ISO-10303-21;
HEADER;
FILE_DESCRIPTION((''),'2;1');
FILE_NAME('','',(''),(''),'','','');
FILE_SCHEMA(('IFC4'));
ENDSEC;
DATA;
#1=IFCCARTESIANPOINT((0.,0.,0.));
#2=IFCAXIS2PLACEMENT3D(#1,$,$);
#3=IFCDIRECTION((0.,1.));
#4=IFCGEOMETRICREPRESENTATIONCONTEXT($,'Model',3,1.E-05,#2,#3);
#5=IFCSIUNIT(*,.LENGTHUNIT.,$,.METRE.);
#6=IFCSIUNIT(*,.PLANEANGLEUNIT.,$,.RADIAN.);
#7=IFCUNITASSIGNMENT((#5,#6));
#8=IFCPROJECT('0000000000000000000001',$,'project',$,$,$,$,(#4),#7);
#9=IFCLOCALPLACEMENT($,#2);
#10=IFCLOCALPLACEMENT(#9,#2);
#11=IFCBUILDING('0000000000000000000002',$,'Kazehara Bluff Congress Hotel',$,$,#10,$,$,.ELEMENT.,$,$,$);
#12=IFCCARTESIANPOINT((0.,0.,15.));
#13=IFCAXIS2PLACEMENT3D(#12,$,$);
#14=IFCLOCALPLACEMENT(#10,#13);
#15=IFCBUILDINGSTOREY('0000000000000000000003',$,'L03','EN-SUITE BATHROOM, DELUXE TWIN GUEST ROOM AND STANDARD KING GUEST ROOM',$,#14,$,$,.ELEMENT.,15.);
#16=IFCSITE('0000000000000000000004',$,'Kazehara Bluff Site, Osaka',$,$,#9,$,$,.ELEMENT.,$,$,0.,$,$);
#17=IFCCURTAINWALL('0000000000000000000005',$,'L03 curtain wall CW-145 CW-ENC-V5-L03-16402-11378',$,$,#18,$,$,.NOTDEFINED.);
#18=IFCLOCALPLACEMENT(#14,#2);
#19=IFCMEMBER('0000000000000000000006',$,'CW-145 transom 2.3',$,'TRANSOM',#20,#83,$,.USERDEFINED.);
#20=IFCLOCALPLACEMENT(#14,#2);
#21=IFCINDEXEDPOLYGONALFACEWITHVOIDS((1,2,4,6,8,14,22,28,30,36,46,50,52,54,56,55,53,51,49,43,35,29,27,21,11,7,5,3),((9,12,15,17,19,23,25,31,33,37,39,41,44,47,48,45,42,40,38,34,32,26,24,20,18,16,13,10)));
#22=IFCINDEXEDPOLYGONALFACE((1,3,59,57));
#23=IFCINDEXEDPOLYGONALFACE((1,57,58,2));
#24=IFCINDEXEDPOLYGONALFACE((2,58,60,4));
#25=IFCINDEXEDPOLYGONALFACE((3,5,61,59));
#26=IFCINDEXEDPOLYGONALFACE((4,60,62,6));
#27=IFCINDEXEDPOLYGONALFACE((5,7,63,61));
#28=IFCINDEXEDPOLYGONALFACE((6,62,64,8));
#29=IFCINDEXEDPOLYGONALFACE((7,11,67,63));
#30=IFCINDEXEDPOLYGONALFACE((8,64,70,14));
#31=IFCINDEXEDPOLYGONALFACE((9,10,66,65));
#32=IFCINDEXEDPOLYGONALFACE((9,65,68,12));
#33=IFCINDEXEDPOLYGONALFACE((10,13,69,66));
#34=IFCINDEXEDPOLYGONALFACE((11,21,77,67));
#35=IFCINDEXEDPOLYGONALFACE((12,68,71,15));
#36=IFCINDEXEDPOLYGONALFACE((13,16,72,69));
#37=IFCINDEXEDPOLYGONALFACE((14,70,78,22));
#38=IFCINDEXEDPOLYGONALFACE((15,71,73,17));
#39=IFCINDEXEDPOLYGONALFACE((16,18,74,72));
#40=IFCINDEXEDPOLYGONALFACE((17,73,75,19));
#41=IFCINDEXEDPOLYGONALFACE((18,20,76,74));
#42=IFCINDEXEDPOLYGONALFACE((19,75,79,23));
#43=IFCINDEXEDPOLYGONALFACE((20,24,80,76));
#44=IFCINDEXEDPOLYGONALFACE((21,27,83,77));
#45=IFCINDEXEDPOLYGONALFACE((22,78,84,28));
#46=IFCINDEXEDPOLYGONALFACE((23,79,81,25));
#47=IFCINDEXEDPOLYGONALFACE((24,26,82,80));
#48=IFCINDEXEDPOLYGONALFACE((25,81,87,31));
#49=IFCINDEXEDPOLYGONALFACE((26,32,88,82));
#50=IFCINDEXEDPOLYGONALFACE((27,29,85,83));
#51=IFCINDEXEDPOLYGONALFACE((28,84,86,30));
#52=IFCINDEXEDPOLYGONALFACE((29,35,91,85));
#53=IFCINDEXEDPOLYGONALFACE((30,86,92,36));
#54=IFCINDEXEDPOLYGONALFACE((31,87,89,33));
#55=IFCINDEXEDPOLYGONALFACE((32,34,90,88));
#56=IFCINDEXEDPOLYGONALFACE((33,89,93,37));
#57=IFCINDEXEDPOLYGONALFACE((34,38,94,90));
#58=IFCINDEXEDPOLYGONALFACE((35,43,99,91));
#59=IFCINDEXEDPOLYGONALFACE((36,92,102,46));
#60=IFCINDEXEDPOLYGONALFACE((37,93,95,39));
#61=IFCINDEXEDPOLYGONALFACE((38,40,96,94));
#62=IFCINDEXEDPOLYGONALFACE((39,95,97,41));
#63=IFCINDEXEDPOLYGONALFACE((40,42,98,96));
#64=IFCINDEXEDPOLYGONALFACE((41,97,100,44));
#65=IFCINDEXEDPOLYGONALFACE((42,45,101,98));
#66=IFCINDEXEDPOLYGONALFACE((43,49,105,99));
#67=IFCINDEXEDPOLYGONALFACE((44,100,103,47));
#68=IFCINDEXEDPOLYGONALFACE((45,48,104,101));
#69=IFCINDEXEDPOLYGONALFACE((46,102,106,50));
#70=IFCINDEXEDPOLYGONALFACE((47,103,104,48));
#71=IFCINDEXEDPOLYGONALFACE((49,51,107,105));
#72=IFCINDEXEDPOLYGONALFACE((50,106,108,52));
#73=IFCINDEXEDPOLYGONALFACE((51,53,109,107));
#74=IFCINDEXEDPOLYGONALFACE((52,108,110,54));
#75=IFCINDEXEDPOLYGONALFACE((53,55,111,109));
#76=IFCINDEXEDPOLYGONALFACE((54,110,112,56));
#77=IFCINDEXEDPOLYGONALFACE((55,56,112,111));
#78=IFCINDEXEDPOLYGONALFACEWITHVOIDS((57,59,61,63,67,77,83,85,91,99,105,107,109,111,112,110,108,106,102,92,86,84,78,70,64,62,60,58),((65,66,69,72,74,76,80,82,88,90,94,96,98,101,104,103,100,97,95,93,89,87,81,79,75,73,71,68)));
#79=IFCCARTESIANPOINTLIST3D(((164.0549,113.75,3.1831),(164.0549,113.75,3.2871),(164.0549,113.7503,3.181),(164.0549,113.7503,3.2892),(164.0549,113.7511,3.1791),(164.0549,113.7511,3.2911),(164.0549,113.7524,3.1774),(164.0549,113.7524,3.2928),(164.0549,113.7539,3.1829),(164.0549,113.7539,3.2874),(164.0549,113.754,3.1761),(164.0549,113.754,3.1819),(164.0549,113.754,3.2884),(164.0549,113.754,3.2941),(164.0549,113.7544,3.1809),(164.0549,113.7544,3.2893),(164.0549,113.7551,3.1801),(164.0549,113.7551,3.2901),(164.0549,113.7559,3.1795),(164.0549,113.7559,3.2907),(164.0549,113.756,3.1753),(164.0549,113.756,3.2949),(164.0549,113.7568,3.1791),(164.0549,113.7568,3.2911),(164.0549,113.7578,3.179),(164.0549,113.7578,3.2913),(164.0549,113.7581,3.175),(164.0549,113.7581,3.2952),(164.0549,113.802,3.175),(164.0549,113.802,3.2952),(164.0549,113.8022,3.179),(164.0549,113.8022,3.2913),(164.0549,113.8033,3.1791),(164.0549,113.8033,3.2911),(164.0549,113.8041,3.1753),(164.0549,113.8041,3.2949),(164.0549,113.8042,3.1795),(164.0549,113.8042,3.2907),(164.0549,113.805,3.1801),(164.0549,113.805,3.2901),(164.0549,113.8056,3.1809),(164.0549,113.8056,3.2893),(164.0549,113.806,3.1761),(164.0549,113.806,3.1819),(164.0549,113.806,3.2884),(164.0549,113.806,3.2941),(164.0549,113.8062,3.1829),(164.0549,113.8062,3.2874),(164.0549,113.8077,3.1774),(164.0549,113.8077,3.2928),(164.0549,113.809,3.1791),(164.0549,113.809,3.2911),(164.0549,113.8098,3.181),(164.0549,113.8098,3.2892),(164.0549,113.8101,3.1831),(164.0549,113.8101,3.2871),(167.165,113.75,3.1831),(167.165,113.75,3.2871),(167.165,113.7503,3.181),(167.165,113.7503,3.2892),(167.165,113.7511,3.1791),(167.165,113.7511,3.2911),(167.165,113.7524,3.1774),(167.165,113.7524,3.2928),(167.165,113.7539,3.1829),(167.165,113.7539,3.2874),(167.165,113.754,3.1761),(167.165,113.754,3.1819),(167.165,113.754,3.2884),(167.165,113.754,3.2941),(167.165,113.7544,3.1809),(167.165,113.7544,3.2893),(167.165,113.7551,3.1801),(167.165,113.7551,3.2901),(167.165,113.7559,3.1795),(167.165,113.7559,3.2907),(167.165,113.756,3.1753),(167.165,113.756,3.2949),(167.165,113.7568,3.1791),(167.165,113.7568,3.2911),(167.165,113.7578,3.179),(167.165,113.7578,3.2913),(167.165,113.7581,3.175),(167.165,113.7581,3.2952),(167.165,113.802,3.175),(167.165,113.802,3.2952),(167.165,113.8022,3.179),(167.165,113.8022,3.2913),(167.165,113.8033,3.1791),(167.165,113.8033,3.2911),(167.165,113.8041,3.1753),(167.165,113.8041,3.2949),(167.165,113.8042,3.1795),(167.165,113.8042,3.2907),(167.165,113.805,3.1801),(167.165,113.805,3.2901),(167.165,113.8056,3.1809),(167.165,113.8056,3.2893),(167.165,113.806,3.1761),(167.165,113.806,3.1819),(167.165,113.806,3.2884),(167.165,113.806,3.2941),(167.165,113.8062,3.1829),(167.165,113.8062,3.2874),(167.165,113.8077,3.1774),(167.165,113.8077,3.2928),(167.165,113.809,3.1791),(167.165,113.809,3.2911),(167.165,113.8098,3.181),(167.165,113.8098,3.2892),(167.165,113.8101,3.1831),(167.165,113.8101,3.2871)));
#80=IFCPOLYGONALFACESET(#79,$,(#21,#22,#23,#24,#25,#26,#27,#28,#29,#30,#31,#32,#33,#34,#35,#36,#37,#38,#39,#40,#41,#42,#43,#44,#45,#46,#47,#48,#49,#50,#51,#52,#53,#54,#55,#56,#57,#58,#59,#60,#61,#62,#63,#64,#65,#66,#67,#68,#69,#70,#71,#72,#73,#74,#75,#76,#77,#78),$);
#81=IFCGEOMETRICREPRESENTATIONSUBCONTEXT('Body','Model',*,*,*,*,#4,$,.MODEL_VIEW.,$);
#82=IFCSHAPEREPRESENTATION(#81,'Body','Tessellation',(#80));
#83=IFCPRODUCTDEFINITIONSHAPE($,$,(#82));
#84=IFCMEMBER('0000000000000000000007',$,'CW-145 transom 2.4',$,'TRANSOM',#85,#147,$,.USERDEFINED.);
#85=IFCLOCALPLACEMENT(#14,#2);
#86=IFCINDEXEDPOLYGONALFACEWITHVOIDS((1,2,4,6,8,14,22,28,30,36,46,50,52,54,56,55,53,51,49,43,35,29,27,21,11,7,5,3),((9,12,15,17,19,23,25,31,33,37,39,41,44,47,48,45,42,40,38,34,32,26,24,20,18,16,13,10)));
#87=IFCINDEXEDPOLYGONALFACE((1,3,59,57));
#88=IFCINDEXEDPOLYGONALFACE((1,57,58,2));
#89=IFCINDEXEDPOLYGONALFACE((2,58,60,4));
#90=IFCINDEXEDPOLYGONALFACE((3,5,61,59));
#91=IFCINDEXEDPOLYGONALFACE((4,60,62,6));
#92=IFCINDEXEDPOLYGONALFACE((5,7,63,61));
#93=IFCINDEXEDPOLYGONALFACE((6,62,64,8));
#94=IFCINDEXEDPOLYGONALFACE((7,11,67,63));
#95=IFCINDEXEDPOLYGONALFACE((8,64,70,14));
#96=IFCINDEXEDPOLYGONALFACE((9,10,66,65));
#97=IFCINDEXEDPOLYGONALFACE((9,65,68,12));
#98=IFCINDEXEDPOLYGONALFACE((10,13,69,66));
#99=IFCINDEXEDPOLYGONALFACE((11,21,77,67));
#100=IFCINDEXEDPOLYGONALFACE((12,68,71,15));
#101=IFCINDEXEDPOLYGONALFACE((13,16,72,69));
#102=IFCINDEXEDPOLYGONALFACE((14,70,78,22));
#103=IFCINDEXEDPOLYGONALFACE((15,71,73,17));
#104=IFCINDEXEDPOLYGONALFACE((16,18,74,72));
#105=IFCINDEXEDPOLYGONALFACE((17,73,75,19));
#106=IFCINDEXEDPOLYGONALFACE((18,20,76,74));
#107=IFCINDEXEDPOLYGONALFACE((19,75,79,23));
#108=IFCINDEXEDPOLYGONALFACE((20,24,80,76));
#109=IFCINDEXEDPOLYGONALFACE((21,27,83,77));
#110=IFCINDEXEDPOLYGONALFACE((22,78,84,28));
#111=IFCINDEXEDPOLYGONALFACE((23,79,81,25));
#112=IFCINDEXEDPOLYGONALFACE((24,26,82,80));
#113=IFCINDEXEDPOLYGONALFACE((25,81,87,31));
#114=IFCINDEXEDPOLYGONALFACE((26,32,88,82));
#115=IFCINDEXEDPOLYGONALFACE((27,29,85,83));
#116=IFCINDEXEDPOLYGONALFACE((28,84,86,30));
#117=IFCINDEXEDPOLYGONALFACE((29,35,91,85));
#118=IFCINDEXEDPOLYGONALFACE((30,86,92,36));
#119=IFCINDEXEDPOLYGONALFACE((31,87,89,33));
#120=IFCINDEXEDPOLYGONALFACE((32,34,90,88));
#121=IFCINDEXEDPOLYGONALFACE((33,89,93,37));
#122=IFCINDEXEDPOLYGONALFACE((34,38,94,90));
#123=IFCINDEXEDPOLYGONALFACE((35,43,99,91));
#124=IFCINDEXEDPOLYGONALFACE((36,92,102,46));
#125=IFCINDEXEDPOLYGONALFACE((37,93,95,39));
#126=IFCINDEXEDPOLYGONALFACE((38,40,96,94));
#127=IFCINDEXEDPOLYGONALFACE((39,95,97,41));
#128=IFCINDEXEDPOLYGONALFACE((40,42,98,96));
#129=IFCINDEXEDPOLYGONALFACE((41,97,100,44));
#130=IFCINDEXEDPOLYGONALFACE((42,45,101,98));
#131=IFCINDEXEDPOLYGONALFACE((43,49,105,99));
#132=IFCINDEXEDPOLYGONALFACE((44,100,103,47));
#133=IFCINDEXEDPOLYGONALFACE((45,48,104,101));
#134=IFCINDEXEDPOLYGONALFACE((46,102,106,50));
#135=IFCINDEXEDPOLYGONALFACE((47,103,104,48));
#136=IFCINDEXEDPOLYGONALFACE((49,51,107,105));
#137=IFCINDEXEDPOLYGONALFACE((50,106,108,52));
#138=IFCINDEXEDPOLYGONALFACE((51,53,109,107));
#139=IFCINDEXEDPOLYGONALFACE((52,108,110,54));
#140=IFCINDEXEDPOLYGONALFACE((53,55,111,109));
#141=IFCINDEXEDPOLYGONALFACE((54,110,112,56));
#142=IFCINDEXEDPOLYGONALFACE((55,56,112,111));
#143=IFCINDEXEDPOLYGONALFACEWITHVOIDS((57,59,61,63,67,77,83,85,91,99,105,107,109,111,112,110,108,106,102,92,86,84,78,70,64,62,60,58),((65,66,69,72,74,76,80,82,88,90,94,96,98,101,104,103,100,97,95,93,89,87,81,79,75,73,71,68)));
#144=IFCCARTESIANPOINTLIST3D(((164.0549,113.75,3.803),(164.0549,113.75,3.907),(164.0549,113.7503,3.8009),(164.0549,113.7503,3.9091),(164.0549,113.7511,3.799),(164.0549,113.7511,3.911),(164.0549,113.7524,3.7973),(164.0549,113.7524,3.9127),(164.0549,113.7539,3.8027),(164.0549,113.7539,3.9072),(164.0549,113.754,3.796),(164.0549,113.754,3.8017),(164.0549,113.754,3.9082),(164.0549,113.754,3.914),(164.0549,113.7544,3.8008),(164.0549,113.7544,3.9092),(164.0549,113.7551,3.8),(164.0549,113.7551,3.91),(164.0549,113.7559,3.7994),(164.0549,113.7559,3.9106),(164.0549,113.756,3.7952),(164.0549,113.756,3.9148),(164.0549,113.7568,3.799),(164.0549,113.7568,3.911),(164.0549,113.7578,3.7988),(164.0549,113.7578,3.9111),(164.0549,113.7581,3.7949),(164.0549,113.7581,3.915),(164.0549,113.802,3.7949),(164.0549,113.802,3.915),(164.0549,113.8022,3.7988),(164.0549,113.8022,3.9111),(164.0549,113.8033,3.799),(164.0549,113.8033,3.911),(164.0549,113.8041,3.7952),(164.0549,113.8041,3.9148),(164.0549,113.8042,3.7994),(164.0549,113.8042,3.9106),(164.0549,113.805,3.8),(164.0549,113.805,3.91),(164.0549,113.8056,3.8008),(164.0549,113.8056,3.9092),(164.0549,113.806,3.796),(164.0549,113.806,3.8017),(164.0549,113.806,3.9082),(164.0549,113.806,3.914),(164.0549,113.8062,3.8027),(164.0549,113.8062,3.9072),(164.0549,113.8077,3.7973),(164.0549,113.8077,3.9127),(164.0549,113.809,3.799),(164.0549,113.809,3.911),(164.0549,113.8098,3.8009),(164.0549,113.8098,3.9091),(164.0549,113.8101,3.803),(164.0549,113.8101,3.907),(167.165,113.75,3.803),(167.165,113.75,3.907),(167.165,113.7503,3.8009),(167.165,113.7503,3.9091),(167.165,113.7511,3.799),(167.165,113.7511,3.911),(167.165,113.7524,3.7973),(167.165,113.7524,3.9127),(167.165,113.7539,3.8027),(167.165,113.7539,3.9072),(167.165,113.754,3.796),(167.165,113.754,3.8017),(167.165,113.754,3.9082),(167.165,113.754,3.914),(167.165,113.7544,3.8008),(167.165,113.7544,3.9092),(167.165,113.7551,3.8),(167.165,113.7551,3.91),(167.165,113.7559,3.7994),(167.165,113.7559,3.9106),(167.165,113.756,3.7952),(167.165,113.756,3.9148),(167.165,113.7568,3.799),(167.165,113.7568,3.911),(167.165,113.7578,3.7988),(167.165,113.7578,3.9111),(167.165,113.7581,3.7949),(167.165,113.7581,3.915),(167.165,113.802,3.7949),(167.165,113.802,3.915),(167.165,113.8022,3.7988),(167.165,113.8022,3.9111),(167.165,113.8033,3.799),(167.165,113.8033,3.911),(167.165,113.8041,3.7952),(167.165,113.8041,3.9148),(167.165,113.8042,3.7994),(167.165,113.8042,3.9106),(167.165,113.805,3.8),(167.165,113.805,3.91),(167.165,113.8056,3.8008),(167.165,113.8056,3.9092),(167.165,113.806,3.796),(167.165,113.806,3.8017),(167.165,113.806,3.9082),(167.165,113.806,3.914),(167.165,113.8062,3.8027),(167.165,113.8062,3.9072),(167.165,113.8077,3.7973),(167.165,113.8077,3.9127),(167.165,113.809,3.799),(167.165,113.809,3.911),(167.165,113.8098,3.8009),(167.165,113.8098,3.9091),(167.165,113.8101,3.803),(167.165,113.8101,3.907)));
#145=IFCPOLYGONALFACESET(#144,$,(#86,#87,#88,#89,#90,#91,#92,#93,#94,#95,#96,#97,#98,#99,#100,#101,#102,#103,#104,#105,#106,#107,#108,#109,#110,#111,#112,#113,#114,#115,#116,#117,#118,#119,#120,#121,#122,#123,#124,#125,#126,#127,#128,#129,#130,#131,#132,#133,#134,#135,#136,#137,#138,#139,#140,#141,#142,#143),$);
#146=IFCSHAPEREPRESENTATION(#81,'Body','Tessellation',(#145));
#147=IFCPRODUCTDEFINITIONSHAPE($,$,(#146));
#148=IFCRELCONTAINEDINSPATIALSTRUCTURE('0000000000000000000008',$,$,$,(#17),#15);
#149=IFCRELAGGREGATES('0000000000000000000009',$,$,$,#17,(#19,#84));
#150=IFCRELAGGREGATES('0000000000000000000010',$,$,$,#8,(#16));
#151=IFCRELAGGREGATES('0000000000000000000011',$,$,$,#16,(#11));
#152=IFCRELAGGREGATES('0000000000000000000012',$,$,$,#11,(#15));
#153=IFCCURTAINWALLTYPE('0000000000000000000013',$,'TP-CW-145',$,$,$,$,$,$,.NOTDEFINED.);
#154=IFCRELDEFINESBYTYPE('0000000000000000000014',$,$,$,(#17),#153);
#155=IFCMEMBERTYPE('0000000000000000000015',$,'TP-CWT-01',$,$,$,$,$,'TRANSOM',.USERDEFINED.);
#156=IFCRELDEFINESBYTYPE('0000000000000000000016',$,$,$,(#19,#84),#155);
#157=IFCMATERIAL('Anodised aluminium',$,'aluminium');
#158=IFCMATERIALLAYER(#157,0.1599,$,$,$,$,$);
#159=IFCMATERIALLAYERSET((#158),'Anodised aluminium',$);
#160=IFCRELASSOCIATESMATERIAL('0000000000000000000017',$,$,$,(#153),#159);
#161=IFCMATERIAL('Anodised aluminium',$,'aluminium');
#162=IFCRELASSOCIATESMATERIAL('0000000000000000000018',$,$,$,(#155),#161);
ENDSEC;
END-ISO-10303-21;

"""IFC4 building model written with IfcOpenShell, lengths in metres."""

from ifc_helpers import new_model, si_unit, direction, frame, origin, origin_2d, place, context, subcontext, project, spatial, hollow_rectangle, extrude, material, layer, layer_set, material_profile, profile_set, type_object, element, aggregate, save


model = new_model("IFC4")

# Units and contexts
model_context = context("Model", 3, precision=1e-05, world=origin(), true_north=direction((0.0, 1.0)))
body_context = subcontext(model_context, "Body", "Model", "MODEL_VIEW")
ifc_project = project(units=[si_unit("LENGTHUNIT", "METRE"), si_unit("PLANEANGLEUNIT", "RADIAN")], contexts=[model_context])

# Site, building, storey
site_placement = place(None, origin())
site = spatial("IfcSite", under=ifc_project, at=site_placement, Name="Kazehara Bluff Site, Osaka", CompositionType="ELEMENT", RefElevation=0.0)
building_placement = place(site_placement, origin())
building = spatial("IfcBuilding", under=site, at=building_placement, Name="Kazehara Bluff Congress Hotel", CompositionType="ELEMENT")
storey_placement = place(building_placement, frame((0.0, 0.0, 15.0)))
storey = spatial("IfcBuildingStorey", under=building, at=storey_placement, Name="L03", Description="EN-SUITE BATHROOM, DELUXE TWIN GUEST ROOM AND STANDARD KING GUEST ROOM", CompositionType="ELEMENT", Elevation=15.0)

# Curtain wall
ifc_material_1 = material(Name="Anodised aluminium", Category="aluminium")
ifc_layer_1 = layer(ifc_material_1, 0.1599)
ifc_layer_set_1 = layer_set([ifc_layer_1], Name="Anodised aluminium")
curtain_wall_type_1 = type_object("IfcCurtainWallType", Name="TP-CW-145", PredefinedType="NOTDEFINED", material=ifc_layer_set_1)
curtain_wall_1_placement = place(storey_placement, origin())
curtain_wall_1 = element("IfcCurtainWall", 1, at=curtain_wall_1_placement, inside=storey, type_object=curtain_wall_type_1, Name="L03 curtain wall CW-145 CW-ENC-V5-L03-16402-11378", PredefinedType="NOTDEFINED")

# Members
ifc_material_2 = material(Name="Anodised aluminium", Category="aluminium")
ifc_material_profile_1 = material_profile(ifc_material_2, hollow_rectangle(XDim=0.0601, YDim=0.1201, WallThickness=0.0039, InnerFilletRadius=0.0039, OuterFilletRadius=0.0081, at=origin_2d()))
ifc_profile_set_1 = profile_set([ifc_material_profile_1], Name="Anodised aluminium")
member_type_1 = type_object("IfcMemberType", Name="TP-CWT-01", ElementType="TRANSOM", PredefinedType="USERDEFINED", material=ifc_profile_set_1)
member_1_placement = place(storey_placement, frame((164.0549, 113.78, 3.2351), z_axis=(1.0, 0.0, 0.0), x_axis=(0.0, 1.0, 0.0)))
member_1 = element("IfcMember", 2, at=member_1_placement, type_object=member_type_1, Name="CW-145 transom 2.3", ObjectType="TRANSOM", PredefinedType="USERDEFINED", context=body_context, shape_type="SweptSolid", body=[
    extrude(hollow_rectangle(XDim=0.0601, YDim=0.1201, WallThickness=0.0039, InnerFilletRadius=0.0039, OuterFilletRadius=0.0081, at=origin_2d()), origin(), (0.0, 0.0, 1.0), 3.1101),
])
member_2_placement = place(storey_placement, frame((164.0549, 113.78, 3.855), z_axis=(1.0, 0.0, 0.0), x_axis=(0.0, 1.0, 0.0)))
member_2 = element("IfcMember", 3, at=member_2_placement, type_object=member_type_1, Name="CW-145 transom 2.4", ObjectType="TRANSOM", PredefinedType="USERDEFINED", context=body_context, shape_type="SweptSolid", body=[
    extrude(hollow_rectangle(XDim=0.0601, YDim=0.1201, WallThickness=0.0039, InnerFilletRadius=0.0039, OuterFilletRadius=0.0081, at=origin_2d()), origin(), (0.0, 0.0, 1.0), 3.1101),
])

aggregate(curtain_wall_1, [member_1, member_2])

save(model, "model.ifc")
